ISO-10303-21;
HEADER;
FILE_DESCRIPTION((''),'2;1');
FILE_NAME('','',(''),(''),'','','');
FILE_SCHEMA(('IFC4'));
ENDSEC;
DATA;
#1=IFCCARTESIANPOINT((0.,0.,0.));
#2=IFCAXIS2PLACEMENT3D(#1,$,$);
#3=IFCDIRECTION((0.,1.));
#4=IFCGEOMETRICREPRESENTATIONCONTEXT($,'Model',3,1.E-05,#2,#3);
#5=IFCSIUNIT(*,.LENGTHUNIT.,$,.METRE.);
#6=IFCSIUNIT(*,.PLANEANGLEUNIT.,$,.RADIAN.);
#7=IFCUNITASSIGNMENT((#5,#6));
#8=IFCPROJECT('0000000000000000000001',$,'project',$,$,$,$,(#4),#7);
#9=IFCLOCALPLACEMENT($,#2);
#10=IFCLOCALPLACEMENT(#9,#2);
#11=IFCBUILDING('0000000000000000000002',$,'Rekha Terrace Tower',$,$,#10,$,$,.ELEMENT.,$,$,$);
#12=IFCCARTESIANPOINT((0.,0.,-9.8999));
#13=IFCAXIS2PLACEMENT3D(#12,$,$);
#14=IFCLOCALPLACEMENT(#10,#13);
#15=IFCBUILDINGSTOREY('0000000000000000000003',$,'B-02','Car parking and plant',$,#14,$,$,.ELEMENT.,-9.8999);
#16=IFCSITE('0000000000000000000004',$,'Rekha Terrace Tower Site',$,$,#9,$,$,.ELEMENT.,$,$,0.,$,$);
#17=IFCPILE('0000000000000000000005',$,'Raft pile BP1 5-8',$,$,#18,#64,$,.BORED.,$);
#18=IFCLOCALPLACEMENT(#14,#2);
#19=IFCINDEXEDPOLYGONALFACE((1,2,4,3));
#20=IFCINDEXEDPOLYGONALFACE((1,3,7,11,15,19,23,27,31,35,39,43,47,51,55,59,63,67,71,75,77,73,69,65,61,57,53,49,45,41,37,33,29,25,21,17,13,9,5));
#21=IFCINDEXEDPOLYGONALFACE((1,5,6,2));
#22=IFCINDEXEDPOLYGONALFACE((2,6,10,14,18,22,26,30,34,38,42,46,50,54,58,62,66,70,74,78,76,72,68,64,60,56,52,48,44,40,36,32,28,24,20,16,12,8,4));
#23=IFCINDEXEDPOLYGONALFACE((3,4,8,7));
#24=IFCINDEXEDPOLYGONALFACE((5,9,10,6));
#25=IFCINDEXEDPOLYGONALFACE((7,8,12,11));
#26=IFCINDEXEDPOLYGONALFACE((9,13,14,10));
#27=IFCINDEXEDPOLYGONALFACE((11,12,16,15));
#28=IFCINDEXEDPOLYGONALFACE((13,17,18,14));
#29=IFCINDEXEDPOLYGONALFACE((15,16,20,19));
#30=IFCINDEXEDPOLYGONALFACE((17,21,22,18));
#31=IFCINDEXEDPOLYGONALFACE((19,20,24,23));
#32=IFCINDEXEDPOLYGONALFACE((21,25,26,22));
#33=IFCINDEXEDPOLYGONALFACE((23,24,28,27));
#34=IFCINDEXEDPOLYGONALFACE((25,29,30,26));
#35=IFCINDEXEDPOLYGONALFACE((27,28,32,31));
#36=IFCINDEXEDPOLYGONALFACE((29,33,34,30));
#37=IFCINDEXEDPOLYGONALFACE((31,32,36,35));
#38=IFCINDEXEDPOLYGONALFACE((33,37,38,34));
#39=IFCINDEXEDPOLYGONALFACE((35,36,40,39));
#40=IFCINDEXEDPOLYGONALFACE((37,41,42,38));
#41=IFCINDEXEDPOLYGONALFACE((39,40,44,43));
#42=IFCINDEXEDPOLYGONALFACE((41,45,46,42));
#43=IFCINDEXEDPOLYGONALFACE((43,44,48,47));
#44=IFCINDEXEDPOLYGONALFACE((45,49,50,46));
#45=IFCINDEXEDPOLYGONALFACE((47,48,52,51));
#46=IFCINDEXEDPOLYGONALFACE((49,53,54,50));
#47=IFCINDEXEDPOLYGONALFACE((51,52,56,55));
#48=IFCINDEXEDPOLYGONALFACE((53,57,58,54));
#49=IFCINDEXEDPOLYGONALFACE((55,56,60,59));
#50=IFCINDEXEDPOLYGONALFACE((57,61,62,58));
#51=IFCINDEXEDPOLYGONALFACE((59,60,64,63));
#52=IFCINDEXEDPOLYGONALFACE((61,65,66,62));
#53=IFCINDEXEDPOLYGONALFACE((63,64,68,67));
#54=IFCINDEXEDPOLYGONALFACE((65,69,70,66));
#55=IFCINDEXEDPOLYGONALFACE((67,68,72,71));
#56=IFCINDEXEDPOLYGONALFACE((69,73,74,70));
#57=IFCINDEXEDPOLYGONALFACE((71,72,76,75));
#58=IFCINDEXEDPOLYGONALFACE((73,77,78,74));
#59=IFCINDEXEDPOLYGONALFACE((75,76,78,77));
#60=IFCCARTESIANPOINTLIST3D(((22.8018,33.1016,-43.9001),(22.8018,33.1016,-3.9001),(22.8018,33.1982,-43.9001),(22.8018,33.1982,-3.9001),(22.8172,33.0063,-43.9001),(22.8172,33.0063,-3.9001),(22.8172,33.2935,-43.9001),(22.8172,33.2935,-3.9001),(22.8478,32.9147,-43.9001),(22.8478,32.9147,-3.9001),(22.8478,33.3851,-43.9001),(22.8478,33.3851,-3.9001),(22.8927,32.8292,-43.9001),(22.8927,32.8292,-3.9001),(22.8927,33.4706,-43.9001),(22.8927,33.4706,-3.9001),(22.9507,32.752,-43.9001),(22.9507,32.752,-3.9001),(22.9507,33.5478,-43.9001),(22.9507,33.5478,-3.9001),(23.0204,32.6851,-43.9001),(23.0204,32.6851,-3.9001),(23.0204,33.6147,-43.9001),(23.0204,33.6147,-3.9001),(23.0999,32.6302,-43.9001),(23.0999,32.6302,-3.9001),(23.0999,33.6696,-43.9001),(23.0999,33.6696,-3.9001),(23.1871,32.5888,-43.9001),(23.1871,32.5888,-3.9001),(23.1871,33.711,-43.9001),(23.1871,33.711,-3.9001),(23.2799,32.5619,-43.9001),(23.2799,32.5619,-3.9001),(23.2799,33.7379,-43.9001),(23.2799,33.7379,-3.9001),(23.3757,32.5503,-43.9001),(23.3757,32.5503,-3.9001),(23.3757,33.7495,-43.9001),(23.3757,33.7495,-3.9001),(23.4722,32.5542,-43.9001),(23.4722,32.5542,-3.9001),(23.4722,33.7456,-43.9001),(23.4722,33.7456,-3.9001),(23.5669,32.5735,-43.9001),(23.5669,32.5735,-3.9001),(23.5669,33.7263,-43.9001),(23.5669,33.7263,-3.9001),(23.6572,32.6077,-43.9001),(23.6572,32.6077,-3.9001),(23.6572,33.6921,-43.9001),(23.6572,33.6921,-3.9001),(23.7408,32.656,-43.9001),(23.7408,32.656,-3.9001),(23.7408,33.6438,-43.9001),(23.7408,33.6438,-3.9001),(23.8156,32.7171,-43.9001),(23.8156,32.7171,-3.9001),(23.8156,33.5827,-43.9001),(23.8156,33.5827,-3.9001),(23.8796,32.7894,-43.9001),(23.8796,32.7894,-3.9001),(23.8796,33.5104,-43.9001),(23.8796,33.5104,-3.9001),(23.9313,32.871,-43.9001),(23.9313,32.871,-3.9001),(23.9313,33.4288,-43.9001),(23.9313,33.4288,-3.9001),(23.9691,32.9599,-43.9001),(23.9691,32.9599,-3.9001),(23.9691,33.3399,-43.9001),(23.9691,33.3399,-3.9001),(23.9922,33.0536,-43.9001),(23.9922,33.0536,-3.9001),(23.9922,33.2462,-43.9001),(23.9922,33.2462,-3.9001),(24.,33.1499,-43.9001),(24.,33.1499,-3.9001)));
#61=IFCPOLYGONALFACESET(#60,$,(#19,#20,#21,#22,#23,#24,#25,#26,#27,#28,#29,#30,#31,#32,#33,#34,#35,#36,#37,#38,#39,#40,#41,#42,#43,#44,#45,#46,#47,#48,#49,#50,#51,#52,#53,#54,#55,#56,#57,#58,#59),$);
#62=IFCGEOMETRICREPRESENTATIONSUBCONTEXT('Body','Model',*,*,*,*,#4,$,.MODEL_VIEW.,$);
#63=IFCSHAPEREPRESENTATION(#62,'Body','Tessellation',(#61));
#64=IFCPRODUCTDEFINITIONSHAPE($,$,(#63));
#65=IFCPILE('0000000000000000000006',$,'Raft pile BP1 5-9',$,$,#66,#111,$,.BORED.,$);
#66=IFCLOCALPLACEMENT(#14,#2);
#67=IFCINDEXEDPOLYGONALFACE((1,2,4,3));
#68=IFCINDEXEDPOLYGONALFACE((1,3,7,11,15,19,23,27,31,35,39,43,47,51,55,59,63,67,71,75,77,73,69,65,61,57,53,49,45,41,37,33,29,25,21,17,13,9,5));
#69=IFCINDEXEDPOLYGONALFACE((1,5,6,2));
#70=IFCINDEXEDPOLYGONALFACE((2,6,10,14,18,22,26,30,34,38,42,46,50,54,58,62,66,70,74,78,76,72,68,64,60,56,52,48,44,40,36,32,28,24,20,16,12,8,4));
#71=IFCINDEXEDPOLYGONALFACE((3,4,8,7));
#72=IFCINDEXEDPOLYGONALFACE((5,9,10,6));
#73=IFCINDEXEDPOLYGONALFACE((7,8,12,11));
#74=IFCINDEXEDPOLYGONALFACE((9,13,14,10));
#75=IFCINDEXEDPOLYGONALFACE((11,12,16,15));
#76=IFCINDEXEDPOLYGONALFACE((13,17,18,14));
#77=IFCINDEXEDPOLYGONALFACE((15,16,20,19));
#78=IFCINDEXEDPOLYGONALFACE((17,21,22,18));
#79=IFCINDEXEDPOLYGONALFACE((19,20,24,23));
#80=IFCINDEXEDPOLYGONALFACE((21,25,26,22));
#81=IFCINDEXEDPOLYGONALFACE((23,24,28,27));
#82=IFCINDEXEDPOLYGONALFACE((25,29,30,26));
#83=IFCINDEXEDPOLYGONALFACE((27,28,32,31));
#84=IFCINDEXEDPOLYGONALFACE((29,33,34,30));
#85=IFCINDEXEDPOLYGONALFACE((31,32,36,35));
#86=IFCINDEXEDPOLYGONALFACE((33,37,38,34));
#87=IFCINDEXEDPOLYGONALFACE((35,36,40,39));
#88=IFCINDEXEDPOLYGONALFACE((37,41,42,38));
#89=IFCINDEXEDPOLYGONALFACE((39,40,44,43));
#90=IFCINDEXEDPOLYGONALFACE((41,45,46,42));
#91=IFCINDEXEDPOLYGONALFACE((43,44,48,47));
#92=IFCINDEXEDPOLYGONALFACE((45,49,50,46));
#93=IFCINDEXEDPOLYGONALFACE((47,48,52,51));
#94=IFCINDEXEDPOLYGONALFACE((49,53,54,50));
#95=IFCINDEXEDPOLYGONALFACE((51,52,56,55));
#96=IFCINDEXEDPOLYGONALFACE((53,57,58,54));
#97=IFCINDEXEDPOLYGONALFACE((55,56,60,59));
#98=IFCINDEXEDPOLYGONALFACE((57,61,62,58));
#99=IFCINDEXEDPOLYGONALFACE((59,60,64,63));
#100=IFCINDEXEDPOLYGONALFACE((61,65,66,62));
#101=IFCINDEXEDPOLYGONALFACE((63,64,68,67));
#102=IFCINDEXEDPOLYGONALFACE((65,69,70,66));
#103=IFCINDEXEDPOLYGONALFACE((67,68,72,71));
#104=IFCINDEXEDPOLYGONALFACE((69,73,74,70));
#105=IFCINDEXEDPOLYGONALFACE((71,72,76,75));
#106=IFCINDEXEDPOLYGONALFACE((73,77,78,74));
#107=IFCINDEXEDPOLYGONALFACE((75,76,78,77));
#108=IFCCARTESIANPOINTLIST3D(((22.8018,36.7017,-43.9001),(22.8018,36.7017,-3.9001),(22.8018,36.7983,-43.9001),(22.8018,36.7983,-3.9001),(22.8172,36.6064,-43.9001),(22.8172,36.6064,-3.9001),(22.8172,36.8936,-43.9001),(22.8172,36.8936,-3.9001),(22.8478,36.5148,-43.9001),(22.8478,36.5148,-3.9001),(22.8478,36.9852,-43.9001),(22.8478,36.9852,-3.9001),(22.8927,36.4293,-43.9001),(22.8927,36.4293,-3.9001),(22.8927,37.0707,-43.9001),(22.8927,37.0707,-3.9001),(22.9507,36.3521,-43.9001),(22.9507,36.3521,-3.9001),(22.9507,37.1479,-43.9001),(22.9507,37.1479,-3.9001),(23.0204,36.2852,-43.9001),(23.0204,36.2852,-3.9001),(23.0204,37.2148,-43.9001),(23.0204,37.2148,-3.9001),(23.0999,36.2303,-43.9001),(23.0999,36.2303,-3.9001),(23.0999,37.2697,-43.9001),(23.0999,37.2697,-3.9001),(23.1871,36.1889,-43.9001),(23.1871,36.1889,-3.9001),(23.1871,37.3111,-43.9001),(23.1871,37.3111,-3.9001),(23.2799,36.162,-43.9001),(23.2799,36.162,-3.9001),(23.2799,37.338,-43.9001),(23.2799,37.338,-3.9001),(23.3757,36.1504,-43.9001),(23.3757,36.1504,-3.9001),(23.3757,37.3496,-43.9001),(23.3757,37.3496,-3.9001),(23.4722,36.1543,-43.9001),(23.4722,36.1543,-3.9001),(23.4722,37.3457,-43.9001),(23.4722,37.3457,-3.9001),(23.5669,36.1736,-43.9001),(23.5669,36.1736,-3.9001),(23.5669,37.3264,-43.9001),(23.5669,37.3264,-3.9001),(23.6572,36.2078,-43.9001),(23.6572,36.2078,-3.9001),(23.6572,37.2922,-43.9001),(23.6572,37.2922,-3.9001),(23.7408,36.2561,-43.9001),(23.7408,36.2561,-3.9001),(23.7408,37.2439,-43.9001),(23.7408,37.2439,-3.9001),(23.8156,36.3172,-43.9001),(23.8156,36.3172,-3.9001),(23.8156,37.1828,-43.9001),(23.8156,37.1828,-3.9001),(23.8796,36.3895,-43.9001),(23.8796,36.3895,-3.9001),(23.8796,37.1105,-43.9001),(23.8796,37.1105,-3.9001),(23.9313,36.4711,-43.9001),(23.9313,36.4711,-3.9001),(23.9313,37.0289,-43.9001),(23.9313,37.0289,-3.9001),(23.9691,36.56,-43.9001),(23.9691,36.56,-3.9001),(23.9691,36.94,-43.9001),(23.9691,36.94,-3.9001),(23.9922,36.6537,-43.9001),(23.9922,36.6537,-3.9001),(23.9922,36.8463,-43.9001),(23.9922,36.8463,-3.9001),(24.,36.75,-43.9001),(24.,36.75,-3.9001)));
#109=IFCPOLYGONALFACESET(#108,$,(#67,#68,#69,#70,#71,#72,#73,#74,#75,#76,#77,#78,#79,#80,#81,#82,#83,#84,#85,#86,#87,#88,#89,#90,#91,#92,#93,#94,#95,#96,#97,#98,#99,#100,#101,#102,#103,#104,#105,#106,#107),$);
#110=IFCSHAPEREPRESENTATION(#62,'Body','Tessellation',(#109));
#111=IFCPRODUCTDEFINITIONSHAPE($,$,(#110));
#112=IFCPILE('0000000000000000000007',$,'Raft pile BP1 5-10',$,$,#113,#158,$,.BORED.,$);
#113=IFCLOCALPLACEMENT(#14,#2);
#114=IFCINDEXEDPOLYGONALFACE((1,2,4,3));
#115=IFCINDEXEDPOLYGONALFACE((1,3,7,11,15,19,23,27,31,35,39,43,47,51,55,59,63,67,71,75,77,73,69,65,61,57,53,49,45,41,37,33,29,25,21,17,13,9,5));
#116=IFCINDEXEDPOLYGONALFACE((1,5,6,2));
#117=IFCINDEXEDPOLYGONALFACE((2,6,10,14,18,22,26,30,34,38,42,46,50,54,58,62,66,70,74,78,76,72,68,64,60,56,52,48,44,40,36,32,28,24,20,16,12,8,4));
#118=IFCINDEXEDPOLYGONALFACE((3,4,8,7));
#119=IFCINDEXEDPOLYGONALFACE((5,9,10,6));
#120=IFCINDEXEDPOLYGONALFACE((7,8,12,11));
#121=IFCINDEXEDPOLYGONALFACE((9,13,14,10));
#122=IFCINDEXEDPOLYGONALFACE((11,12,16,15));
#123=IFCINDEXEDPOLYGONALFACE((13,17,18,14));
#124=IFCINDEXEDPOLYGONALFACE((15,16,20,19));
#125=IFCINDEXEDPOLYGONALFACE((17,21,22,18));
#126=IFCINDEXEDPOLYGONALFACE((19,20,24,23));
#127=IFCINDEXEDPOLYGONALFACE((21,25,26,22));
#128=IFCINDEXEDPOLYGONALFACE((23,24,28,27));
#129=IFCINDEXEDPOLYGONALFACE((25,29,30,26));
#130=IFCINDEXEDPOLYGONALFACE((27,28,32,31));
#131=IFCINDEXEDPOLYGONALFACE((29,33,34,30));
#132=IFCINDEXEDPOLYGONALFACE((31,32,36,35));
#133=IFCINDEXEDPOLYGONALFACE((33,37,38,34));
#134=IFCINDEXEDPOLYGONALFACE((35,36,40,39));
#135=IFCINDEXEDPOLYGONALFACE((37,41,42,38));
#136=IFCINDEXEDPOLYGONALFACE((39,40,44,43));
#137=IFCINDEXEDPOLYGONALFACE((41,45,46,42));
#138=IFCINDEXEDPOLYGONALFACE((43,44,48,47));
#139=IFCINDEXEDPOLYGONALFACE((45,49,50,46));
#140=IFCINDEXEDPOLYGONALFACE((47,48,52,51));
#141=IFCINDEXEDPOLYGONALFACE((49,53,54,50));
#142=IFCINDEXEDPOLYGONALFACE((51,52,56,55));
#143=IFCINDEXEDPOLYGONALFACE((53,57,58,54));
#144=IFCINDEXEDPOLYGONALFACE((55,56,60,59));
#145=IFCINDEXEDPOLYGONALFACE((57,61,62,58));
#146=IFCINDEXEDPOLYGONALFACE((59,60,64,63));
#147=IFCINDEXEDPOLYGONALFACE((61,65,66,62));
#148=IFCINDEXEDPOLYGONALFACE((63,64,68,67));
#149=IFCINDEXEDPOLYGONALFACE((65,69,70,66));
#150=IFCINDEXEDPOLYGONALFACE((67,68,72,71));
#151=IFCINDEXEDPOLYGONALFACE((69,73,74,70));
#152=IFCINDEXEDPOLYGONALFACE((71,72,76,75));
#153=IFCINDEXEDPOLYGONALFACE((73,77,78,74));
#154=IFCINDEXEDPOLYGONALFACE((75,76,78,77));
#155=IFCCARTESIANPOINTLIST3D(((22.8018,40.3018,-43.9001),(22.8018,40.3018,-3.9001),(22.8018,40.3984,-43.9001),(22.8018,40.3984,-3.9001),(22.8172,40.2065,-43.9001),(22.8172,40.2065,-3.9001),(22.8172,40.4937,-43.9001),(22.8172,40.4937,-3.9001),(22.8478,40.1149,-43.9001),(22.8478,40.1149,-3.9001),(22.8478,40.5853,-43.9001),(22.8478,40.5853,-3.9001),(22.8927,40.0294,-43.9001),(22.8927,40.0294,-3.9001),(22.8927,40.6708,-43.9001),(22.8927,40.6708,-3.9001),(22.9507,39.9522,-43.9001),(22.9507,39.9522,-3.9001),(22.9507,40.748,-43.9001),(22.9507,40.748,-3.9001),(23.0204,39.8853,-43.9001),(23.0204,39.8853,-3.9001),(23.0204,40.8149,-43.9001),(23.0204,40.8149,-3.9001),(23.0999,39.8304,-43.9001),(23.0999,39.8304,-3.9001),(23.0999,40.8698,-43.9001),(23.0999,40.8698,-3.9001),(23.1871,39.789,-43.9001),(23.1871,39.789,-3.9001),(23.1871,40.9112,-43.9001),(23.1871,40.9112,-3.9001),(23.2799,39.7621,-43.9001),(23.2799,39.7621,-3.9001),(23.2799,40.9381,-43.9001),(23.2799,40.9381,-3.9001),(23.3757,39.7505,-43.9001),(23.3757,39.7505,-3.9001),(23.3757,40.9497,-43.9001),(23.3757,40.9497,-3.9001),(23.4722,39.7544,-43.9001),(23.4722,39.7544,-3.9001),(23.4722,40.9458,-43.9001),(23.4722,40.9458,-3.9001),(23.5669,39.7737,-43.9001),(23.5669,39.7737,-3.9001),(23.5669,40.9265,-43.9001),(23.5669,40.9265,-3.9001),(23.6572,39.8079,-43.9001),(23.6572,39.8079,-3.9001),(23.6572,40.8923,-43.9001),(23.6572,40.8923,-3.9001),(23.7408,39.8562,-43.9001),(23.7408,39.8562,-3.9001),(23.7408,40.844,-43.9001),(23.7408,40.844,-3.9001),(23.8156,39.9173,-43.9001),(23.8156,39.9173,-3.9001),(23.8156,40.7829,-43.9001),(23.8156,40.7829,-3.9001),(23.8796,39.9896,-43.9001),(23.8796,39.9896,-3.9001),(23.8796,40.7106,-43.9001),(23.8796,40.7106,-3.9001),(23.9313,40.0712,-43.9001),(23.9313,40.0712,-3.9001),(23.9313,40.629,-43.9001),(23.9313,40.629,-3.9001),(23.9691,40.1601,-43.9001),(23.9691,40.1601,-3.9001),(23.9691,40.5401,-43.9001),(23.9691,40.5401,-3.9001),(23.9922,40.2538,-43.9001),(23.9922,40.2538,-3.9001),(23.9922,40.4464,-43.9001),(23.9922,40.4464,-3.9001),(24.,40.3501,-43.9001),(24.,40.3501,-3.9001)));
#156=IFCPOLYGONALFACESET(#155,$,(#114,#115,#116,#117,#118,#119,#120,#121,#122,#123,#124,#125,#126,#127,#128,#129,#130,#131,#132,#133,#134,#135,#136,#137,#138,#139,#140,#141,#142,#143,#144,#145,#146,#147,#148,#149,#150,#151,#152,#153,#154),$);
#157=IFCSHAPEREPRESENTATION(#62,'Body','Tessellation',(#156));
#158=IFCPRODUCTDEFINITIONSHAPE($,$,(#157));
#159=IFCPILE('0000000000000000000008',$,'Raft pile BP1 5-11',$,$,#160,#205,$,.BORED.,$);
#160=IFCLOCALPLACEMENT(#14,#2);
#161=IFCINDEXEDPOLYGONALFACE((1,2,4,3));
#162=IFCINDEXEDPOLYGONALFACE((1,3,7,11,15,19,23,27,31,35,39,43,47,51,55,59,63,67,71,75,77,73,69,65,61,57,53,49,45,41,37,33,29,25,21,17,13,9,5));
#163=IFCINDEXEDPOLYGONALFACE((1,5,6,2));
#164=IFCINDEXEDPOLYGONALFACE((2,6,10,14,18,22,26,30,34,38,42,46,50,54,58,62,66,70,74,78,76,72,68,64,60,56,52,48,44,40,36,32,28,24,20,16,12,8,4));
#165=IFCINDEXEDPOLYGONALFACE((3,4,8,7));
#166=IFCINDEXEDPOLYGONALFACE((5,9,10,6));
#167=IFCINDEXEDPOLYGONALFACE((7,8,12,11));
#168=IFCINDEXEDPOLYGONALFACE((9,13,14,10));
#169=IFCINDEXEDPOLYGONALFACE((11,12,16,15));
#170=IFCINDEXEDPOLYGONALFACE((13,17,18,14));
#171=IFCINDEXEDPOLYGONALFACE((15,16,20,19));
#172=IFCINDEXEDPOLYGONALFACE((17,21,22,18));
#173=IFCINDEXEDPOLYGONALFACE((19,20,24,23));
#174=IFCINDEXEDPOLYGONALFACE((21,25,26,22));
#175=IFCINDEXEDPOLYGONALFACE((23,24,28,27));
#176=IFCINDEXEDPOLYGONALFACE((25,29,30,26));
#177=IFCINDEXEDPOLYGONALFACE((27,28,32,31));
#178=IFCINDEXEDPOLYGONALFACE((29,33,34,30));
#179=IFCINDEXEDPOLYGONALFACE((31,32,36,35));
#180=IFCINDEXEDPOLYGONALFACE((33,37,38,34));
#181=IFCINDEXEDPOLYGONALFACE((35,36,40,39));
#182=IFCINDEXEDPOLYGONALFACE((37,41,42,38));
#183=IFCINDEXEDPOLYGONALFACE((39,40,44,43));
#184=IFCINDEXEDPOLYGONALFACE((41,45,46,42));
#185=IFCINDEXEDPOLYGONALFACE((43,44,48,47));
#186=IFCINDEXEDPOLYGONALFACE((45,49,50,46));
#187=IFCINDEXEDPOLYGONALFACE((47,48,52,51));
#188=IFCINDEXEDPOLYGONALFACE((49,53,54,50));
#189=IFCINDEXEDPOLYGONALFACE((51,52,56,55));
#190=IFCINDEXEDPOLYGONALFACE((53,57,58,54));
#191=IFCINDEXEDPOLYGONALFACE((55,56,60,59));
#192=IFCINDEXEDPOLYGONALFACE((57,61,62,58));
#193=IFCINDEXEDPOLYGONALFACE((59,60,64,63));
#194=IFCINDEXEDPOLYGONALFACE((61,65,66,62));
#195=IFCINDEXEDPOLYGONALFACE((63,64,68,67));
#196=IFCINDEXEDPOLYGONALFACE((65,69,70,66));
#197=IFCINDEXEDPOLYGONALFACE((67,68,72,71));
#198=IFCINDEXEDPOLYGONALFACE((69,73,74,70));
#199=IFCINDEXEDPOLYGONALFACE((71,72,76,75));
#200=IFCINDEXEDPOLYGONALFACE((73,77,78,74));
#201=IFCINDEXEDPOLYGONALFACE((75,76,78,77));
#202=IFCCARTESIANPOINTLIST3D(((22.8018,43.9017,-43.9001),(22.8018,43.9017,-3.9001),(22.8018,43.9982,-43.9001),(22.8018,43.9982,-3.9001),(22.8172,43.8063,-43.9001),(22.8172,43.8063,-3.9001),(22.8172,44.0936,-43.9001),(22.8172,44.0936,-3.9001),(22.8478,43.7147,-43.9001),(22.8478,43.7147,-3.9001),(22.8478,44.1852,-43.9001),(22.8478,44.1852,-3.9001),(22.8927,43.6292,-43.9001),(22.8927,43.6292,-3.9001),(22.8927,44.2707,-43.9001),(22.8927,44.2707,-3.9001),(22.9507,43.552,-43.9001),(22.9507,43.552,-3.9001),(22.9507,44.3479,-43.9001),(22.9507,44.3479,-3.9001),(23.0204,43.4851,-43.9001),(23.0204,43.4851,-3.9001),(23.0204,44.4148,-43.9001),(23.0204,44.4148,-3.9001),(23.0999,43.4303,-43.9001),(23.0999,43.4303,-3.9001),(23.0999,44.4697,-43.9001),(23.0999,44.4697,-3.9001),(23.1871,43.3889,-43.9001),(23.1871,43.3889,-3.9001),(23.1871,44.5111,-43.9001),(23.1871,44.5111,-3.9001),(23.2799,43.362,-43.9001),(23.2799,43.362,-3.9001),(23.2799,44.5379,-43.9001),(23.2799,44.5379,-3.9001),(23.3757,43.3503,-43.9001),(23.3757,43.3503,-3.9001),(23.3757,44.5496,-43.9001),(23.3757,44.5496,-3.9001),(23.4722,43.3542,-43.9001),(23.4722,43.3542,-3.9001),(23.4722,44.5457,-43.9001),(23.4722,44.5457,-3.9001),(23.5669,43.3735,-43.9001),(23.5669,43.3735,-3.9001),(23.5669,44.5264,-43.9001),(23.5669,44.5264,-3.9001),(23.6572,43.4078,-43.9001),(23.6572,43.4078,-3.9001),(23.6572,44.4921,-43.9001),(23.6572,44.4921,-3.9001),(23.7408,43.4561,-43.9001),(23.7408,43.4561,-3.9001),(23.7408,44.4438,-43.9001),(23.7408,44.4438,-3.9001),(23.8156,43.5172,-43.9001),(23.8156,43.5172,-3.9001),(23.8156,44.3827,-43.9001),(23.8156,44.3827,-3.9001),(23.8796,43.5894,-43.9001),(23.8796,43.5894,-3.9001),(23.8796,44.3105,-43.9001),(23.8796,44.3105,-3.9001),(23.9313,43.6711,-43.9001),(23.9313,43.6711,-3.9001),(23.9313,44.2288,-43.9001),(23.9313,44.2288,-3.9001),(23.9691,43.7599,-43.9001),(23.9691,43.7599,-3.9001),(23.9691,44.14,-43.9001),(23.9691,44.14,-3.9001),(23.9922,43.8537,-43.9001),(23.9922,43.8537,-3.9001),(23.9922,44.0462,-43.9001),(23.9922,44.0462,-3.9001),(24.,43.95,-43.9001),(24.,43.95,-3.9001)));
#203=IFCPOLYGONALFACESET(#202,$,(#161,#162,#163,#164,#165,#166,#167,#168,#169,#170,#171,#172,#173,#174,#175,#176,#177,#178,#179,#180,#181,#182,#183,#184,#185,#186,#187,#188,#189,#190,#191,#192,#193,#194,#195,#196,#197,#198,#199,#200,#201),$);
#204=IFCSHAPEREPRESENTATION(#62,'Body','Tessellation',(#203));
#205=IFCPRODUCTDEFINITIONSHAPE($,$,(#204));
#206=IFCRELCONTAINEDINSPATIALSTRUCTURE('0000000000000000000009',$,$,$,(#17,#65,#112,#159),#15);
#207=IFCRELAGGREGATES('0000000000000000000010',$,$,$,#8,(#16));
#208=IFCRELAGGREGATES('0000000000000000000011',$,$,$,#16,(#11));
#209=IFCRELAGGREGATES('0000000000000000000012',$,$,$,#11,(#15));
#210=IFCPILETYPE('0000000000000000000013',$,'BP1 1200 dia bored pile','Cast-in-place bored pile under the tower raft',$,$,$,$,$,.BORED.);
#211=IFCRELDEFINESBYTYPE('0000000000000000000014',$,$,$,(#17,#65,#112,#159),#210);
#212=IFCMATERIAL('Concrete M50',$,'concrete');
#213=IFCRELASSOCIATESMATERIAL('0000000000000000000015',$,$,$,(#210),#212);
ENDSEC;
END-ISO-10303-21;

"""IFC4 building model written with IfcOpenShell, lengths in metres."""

from ifc_helpers import new_model, si_unit, direction, frame, origin, origin_2d, place, context, subcontext, project, spatial, circle, extrude, material, type_object, element, save


model = new_model("IFC4")

# Units and contexts
model_context = context("Model", 3, precision=1e-05, world=origin(), true_north=direction((0.0, 1.0)))
body_context = subcontext(model_context, "Body", "Model", "MODEL_VIEW")
ifc_project = project(units=[si_unit("LENGTHUNIT", "METRE"), si_unit("PLANEANGLEUNIT", "RADIAN")], contexts=[model_context])

# Site, building, storey
site_placement = place(None, origin())
site = spatial("IfcSite", under=ifc_project, at=site_placement, Name="Rekha Terrace Tower Site", CompositionType="ELEMENT", RefElevation=0.0)
building_placement = place(site_placement, origin())
building = spatial("IfcBuilding", under=site, at=building_placement, Name="Rekha Terrace Tower", CompositionType="ELEMENT")
storey_placement = place(building_placement, frame((0.0, 0.0, -9.8999)))
storey = spatial("IfcBuildingStorey", under=building, at=storey_placement, Name="B-02", Description="Car parking and plant", CompositionType="ELEMENT", Elevation=-9.8999)

# Piles
ifc_material_1 = material(Name="Concrete M50", Category="concrete")
pile_type = type_object("IfcPileType", Name="BP1 1200 dia bored pile", Description="Cast-in-place bored pile under the tower raft", PredefinedType="BORED", material=ifc_material_1)
for number, where, z_axis, x_axis, name in (
    (1, (23.3999, 33.1499, -3.9001), (0.0, 0.0, -1.0), (1.0, 0.0, 0.0), "Raft pile BP1 5-8"),
    (2, (23.3999, 36.75, -3.9001), (0.0, 0.0, -1.0), (1.0, 0.0, 0.0), "Raft pile BP1 5-9"),
    (3, (23.3999, 40.3501, -3.9001), (0.0, 0.0, -1.0), (1.0, 0.0, 0.0), "Raft pile BP1 5-10"),
    (4, (23.3999, 43.95, -3.9001), (0.0, 0.0, -1.0), (1.0, 0.0, 0.0), "Raft pile BP1 5-11"),
):
    element("IfcPile", number, at=place(storey_placement, frame(where, z_axis=z_axis, x_axis=x_axis)), inside=storey, type_object=pile_type, Name=name, PredefinedType="BORED", context=body_context, shape_type="SweptSolid", body=[
        extrude(circle(Radius=0.6001, at=origin_2d()), origin(), (0.0, 0.0, 1.0), 40.0),
    ])

save(model, "model.ifc")
